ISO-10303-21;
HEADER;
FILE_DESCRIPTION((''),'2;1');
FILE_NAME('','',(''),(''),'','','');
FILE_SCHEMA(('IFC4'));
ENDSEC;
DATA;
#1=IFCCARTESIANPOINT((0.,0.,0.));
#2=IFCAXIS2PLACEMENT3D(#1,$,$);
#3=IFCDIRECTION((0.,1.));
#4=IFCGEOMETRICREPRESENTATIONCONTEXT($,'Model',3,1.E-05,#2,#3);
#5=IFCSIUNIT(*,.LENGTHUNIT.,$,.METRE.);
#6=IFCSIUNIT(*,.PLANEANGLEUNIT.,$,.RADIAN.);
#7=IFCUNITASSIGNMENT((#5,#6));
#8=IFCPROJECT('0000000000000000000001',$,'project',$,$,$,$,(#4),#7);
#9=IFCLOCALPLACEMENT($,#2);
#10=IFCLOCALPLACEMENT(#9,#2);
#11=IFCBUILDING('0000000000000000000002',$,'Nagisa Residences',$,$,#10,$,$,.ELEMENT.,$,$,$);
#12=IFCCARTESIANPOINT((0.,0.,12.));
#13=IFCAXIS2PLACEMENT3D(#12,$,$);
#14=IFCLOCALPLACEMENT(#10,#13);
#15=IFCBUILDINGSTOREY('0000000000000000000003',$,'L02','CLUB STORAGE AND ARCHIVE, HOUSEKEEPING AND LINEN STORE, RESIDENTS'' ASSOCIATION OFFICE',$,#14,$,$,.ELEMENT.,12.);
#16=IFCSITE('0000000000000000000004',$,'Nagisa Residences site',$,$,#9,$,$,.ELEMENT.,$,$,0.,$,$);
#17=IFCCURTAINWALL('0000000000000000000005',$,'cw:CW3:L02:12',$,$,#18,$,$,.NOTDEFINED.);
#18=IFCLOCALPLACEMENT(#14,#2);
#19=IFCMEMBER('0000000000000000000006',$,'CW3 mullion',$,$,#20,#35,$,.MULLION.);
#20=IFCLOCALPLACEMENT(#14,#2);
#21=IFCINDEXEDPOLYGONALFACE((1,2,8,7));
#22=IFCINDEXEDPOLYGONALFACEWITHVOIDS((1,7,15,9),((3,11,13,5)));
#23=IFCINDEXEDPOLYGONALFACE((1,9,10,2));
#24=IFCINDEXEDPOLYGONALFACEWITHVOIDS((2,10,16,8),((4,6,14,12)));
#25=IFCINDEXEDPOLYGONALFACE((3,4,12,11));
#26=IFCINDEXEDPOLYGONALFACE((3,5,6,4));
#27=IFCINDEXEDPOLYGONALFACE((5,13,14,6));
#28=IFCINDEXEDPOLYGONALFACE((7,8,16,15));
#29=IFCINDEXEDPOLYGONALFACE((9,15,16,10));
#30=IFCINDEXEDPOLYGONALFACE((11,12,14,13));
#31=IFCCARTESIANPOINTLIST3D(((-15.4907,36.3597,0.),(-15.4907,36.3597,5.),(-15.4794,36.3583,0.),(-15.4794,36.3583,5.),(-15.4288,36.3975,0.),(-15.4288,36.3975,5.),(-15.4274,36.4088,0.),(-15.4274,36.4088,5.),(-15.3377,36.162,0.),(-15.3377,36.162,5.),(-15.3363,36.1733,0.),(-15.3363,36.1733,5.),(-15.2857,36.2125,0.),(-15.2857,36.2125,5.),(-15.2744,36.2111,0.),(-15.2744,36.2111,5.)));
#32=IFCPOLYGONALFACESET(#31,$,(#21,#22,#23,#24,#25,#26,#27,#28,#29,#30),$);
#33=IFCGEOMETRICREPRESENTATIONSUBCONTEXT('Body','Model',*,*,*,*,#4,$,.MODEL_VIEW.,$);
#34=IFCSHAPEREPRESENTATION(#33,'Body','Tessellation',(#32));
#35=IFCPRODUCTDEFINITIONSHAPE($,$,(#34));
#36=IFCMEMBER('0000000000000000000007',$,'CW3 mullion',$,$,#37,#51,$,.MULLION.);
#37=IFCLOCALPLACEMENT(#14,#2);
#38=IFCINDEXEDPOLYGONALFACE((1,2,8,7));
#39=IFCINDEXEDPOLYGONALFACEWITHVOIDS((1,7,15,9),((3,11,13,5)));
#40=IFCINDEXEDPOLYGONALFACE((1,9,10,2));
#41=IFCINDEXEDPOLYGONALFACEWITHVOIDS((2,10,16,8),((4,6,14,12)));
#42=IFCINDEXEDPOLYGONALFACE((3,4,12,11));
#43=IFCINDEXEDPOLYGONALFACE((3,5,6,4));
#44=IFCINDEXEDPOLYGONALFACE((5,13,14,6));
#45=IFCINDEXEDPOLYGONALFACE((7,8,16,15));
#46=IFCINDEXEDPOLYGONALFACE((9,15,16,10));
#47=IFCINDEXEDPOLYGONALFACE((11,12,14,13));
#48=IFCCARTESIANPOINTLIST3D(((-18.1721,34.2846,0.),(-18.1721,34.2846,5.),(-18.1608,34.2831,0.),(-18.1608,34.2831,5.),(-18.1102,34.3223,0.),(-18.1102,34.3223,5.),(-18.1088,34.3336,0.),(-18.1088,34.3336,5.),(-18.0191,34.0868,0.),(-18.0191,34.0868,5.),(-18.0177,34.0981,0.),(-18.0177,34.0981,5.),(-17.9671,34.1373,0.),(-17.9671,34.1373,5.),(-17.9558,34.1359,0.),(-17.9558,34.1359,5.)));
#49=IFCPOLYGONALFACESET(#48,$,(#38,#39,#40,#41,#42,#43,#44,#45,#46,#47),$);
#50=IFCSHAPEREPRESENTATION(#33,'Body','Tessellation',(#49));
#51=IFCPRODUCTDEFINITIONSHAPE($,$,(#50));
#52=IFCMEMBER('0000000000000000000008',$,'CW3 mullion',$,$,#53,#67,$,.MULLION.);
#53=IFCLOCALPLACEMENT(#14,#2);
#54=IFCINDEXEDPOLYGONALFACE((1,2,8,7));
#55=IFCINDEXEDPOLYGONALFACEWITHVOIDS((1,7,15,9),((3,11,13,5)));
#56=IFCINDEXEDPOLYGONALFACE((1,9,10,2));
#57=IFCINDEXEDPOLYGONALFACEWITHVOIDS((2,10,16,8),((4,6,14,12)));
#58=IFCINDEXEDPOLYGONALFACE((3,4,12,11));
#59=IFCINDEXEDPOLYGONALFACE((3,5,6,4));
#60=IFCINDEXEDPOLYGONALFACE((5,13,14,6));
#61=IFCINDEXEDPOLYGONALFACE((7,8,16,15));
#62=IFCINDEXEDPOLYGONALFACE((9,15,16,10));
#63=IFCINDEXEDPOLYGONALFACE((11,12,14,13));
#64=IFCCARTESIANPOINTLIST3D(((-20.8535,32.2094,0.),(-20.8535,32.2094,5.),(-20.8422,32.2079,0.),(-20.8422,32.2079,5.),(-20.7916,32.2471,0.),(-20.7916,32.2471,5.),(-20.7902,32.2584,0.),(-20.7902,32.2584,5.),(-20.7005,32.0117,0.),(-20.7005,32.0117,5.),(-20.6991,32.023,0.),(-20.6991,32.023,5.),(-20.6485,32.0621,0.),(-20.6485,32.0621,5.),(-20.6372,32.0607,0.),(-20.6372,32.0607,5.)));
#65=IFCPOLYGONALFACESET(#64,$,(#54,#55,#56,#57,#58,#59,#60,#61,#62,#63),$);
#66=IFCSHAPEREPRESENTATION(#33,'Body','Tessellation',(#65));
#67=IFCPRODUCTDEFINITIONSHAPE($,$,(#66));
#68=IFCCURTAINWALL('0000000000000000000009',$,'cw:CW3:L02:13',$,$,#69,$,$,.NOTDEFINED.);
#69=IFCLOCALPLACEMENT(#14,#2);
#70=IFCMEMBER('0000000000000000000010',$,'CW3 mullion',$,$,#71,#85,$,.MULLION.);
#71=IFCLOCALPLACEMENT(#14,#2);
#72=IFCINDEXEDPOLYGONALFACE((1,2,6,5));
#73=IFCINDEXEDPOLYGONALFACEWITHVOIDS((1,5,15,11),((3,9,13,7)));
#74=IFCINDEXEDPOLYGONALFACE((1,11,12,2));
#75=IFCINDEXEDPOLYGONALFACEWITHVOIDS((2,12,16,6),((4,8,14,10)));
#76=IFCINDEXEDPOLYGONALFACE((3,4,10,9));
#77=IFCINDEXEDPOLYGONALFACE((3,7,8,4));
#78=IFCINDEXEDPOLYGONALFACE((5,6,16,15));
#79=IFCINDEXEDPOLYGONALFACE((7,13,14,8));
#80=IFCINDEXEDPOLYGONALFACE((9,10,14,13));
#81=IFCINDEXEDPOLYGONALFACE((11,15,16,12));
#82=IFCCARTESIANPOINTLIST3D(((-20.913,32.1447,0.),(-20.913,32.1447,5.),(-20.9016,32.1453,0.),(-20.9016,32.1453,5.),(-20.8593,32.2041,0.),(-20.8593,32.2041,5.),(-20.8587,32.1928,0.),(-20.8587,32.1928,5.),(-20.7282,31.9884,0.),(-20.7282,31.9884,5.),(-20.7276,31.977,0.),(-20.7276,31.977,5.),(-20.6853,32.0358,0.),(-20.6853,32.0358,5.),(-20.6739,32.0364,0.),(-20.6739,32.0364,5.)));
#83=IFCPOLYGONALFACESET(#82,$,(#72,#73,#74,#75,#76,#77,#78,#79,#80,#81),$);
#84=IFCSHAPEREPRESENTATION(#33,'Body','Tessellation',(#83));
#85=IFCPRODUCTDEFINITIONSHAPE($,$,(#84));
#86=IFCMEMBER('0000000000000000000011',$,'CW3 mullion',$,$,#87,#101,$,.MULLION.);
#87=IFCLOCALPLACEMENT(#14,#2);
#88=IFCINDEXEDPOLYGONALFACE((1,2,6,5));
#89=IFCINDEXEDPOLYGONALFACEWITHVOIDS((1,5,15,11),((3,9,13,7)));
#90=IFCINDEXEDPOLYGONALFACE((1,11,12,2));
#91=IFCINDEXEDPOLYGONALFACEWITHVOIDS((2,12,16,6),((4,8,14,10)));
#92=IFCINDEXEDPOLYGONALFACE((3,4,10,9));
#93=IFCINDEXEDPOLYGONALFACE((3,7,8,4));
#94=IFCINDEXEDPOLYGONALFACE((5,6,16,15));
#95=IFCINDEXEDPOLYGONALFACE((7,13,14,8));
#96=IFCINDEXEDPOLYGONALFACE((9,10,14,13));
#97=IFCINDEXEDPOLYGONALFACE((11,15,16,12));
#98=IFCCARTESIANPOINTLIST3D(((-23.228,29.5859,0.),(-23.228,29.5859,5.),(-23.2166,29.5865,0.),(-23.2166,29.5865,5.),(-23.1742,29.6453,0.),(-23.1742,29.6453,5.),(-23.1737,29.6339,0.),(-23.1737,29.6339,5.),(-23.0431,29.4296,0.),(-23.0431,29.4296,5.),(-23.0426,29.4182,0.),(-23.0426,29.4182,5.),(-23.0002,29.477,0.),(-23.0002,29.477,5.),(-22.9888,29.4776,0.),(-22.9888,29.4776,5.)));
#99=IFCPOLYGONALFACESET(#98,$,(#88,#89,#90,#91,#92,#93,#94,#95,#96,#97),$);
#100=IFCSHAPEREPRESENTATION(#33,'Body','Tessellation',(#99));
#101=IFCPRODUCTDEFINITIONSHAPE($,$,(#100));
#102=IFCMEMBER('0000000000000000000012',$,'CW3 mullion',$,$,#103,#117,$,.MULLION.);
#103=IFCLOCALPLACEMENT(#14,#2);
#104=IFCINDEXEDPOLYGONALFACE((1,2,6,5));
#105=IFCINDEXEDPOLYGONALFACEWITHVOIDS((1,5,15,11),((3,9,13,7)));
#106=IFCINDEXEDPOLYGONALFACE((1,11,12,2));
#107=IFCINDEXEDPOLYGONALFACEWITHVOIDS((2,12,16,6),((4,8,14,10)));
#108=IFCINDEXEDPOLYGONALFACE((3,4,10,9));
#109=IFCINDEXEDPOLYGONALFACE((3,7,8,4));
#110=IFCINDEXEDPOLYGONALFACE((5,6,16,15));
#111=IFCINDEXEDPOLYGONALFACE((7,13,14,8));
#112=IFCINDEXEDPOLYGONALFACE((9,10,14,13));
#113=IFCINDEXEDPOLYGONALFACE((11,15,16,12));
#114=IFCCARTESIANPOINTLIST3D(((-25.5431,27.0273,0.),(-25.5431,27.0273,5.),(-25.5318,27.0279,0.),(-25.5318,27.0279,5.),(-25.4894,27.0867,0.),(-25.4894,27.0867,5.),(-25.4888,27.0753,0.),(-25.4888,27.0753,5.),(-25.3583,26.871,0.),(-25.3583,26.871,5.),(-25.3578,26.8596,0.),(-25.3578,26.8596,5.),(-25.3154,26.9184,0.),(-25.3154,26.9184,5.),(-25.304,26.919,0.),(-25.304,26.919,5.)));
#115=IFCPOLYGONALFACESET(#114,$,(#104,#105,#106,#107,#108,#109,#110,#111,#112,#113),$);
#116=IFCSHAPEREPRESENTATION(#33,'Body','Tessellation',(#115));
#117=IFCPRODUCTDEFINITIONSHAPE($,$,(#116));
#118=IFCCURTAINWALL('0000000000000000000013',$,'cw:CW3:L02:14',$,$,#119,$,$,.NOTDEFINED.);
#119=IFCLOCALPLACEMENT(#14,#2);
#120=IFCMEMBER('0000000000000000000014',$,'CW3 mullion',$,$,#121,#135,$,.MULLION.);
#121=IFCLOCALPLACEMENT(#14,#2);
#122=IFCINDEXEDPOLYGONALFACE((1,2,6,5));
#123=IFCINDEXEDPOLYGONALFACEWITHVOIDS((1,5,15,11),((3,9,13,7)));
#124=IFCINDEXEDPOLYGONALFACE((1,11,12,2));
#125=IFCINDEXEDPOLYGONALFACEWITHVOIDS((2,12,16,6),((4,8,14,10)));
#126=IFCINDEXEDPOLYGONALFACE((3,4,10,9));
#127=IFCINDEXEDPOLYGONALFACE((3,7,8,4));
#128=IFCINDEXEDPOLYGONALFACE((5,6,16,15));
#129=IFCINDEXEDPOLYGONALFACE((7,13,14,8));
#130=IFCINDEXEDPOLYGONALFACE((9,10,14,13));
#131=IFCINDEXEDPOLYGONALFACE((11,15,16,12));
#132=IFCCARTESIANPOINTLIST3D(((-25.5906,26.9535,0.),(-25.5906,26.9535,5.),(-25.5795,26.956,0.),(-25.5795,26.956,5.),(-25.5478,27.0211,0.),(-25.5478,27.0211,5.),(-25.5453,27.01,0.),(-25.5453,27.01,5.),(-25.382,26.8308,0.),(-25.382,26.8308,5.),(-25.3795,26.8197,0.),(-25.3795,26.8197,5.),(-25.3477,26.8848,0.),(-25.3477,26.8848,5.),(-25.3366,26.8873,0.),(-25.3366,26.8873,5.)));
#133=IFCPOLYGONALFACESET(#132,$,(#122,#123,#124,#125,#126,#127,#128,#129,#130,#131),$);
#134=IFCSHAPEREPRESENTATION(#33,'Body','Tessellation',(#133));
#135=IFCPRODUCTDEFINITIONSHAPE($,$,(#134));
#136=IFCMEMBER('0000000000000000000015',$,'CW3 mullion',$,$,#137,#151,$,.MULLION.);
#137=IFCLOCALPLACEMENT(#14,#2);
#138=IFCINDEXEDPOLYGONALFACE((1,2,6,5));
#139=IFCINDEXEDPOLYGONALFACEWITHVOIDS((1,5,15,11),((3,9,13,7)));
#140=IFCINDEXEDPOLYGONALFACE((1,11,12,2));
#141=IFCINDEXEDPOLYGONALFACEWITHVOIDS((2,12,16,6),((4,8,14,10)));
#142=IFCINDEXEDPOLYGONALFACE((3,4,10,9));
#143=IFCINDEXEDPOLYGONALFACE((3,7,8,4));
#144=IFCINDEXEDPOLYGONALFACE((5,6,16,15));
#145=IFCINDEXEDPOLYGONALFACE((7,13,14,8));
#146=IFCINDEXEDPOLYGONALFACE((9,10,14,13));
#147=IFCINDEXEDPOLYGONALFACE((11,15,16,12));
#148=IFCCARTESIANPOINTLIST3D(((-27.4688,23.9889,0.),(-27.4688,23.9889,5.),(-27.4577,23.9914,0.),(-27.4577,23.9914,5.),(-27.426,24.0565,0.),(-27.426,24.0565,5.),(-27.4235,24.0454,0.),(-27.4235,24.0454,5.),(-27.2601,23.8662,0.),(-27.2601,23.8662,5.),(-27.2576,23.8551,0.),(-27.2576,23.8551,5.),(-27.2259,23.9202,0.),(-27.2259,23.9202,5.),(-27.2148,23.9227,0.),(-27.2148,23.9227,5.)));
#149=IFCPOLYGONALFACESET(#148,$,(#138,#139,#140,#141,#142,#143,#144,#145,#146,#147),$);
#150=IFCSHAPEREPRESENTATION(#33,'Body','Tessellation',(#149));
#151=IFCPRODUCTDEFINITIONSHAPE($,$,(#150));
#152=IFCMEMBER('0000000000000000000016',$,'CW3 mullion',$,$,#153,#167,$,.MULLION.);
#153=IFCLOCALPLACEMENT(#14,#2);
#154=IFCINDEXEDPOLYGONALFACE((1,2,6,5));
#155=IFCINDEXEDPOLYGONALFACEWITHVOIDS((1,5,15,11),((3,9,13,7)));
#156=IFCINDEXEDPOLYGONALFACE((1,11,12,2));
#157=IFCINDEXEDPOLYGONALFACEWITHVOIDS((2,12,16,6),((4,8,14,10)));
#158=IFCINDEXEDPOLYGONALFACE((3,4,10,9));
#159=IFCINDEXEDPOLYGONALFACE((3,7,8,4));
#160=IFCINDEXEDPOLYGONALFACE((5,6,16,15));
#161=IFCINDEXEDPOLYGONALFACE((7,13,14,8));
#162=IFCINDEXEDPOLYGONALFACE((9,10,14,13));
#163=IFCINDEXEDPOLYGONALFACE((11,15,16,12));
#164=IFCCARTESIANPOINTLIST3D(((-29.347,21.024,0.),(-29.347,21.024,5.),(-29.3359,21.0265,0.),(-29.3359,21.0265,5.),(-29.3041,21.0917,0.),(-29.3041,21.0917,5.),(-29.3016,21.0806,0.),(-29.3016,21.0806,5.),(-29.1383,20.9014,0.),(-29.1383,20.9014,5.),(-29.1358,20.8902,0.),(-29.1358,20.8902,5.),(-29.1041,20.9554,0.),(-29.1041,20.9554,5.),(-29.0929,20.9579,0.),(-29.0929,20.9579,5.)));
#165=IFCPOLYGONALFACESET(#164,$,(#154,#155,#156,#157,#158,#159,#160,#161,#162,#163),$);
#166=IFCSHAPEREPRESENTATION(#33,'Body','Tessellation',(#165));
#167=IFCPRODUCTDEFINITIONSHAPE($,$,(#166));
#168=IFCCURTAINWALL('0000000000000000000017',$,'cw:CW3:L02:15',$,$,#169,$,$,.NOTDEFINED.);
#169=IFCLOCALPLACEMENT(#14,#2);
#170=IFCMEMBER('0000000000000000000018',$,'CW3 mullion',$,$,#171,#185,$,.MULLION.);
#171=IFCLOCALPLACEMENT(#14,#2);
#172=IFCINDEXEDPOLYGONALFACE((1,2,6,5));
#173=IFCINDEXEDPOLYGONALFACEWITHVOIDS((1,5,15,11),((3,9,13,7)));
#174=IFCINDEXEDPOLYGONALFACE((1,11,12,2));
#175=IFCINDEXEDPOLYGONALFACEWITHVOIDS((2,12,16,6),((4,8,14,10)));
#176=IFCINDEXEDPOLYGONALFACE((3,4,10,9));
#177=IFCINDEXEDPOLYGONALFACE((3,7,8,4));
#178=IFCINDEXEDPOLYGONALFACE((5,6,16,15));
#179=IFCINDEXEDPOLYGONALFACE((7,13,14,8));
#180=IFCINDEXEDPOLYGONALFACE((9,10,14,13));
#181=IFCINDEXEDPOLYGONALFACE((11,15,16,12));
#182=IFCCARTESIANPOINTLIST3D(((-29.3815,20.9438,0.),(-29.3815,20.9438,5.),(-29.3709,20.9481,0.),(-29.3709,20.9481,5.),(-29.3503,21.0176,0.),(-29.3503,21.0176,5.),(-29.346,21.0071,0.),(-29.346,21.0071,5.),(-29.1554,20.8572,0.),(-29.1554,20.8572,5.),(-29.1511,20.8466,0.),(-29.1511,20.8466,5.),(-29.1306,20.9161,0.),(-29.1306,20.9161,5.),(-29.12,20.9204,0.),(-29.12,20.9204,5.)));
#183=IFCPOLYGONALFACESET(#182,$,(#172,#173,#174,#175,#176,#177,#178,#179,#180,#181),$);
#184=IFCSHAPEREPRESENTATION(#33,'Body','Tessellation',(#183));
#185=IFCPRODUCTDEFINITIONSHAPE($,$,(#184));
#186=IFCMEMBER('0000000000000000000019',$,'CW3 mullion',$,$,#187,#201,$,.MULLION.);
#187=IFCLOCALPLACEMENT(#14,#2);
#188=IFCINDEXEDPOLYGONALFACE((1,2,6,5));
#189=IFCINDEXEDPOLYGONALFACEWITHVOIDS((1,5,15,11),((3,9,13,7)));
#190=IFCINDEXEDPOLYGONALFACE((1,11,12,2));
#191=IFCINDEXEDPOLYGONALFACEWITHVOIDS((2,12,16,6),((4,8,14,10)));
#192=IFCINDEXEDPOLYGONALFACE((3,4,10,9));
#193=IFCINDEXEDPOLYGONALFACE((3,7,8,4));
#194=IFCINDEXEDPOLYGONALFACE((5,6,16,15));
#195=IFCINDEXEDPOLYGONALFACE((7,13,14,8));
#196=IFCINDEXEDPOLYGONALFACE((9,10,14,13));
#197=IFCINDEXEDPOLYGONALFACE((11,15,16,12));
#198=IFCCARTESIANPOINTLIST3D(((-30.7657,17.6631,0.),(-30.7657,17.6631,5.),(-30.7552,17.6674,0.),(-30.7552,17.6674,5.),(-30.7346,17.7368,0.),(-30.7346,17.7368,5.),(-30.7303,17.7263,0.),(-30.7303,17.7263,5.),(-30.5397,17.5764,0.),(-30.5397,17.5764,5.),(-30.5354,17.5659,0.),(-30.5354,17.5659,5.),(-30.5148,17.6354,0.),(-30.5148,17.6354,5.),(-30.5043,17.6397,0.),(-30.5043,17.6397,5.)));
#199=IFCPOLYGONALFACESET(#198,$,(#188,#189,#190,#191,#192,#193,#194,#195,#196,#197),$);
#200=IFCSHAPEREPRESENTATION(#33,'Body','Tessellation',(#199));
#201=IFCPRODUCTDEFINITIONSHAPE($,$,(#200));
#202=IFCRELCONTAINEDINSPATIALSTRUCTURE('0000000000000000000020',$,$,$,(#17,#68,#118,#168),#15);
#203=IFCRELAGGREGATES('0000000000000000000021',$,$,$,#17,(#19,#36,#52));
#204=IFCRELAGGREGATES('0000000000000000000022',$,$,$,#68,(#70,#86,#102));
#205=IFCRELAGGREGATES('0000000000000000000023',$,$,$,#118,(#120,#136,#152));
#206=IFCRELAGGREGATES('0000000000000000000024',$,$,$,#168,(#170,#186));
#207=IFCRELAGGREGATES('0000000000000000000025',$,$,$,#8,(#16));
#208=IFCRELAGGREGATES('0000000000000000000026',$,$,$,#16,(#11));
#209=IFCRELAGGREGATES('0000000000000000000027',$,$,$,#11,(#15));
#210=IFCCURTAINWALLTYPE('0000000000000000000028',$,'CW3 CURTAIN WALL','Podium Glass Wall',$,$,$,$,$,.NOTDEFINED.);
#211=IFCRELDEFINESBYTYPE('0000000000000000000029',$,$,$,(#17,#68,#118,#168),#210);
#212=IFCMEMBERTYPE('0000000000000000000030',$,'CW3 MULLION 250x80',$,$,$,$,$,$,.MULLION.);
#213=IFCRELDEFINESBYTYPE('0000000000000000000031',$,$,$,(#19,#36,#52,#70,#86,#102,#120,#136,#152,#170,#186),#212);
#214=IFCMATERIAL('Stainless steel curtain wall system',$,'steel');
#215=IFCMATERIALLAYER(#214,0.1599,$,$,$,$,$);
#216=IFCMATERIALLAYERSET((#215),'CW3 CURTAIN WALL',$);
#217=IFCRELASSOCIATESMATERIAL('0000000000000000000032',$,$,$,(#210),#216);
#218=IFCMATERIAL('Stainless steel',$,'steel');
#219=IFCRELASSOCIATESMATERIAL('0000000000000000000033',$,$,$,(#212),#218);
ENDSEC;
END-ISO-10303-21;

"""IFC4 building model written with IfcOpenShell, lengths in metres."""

from ifc_helpers import new_model, si_unit, direction, frame, origin, origin_2d, place, context, subcontext, project, spatial, hollow_rectangle, extrude, material, layer, layer_set, material_profile, profile_set, type_object, element, aggregate, save


model = new_model("IFC4")

# Units and contexts
model_context = context("Model", 3, precision=1e-05, world=origin(), true_north=direction((0.0, 1.0)))
body_context = subcontext(model_context, "Body", "Model", "MODEL_VIEW")
ifc_project = project(units=[si_unit("LENGTHUNIT", "METRE"), si_unit("PLANEANGLEUNIT", "RADIAN")], contexts=[model_context])

# Site, building, storey
site_placement = place(None, origin())
site = spatial("IfcSite", under=ifc_project, at=site_placement, Name="Nagisa Residences site", CompositionType="ELEMENT", RefElevation=0.0)
building_placement = place(site_placement, origin())
building = spatial("IfcBuilding", under=site, at=building_placement, Name="Nagisa Residences", CompositionType="ELEMENT")
storey_placement = place(building_placement, frame((0.0, 0.0, 12.0)))
storey = spatial("IfcBuildingStorey", under=building, at=storey_placement, Name="L02", Description="CLUB STORAGE AND ARCHIVE, HOUSEKEEPING AND LINEN STORE, RESIDENTS' ASSOCIATION OFFICE", CompositionType="ELEMENT", Elevation=12.0)

# Curtain walls, members
ifc_material_1 = material(Name="Stainless steel curtain wall system", Category="steel")
ifc_layer_1 = layer(ifc_material_1, 0.1599)
ifc_layer_set_1 = layer_set([ifc_layer_1], Name="CW3 CURTAIN WALL")
curtain_wall_type_1 = type_object("IfcCurtainWallType", Name="CW3 CURTAIN WALL", Description="Podium Glass Wall", PredefinedType="NOTDEFINED", material=ifc_layer_set_1)
curtain_wall_1_placement = place(storey_placement, origin())
curtain_wall_1 = element("IfcCurtainWall", 1, at=curtain_wall_1_placement, inside=storey, type_object=curtain_wall_type_1, Name="cw:CW3:L02:12", PredefinedType="NOTDEFINED")
ifc_material_2 = material(Name="Stainless steel", Category="steel")
ifc_material_profile_1 = material_profile(ifc_material_2, hollow_rectangle(XDim=0.25, YDim=0.0801, WallThickness=0.0081, at=origin_2d()), Name="CW3 MULLION 250x80")
ifc_profile_set_1 = profile_set([ifc_material_profile_1], Name="Stainless steel")
member_type_1 = type_object("IfcMemberType", Name="CW3 MULLION 250x80", PredefinedType="MULLION", material=ifc_profile_set_1)
member_1_placement = place(storey_placement, frame((-15.3826, 36.2854, 0.0), z_axis=(0.0, 0.0, 1.0), x_axis=(0.612035, -0.790831, 0.0)))
member_1 = element("IfcMember", 2, at=member_1_placement, type_object=member_type_1, Name="CW3 mullion", PredefinedType="MULLION", context=body_context, shape_type="SweptSolid", body=[
    extrude(hollow_rectangle(XDim=0.25, YDim=0.0801, WallThickness=0.0081, at=origin_2d()), origin(), (0.0, 0.0, 1.0), 5.0),
])
member_2_placement = place(storey_placement, frame((-18.064, 34.2102, 0.0), z_axis=(0.0, 0.0, 1.0), x_axis=(0.612035, -0.790831, 0.0)))
member_2 = element("IfcMember", 3, at=member_2_placement, type_object=member_type_1, Name="CW3 mullion", PredefinedType="MULLION", context=body_context, shape_type="SweptSolid", body=[
    extrude(hollow_rectangle(XDim=0.25, YDim=0.0801, WallThickness=0.0081, at=origin_2d()), origin(), (0.0, 0.0, 1.0), 5.0),
])
member_3_placement = place(storey_placement, frame((-20.7454, 32.135, 0.0), z_axis=(0.0, 0.0, 1.0), x_axis=(0.612035, -0.790831, 0.0)))
member_3 = element("IfcMember", 4, at=member_3_placement, type_object=member_type_1, Name="CW3 mullion", PredefinedType="MULLION", context=body_context, shape_type="SweptSolid", body=[
    extrude(hollow_rectangle(XDim=0.25, YDim=0.0801, WallThickness=0.0081, at=origin_2d()), origin(), (0.0, 0.0, 1.0), 5.0),
])
curtain_wall_2_placement = place(storey_placement, origin())
curtain_wall_2 = element("IfcCurtainWall", 5, at=curtain_wall_2_placement, inside=storey, type_object=curtain_wall_type_1, Name="cw:CW3:L02:13", PredefinedType="NOTDEFINED")
member_4_placement = place(storey_placement, frame((-20.7935, 32.0906, 0.0), z_axis=(0.0, 0.0, 1.0), x_axis=(0.741536, -0.670913, 0.0)))
member_4 = element("IfcMember", 6, at=member_4_placement, type_object=member_type_1, Name="CW3 mullion", PredefinedType="MULLION", context=body_context, shape_type="SweptSolid", body=[
    extrude(hollow_rectangle(XDim=0.25, YDim=0.0801, WallThickness=0.0081, at=origin_2d()), origin(), (0.0, 0.0, 1.0), 5.0),
])
member_5_placement = place(storey_placement, frame((-23.1084, 29.5317, 0.0), z_axis=(0.0, 0.0, 1.0), x_axis=(0.741536, -0.670913, 0.0)))
member_5 = element("IfcMember", 7, at=member_5_placement, type_object=member_type_1, Name="CW3 mullion", PredefinedType="MULLION", context=body_context, shape_type="SweptSolid", body=[
    extrude(hollow_rectangle(XDim=0.25, YDim=0.0801, WallThickness=0.0081, at=origin_2d()), origin(), (0.0, 0.0, 1.0), 5.0),
])
member_6_placement = place(storey_placement, frame((-25.4236, 26.9731, 0.0), z_axis=(0.0, 0.0, 1.0), x_axis=(0.741536, -0.670913, 0.0)))
member_6 = element("IfcMember", 8, at=member_6_placement, type_object=member_type_1, Name="CW3 mullion", PredefinedType="MULLION", context=body_context, shape_type="SweptSolid", body=[
    extrude(hollow_rectangle(XDim=0.25, YDim=0.0801, WallThickness=0.0081, at=origin_2d()), origin(), (0.0, 0.0, 1.0), 5.0),
])
curtain_wall_3_placement = place(storey_placement, origin())
curtain_wall_3 = element("IfcCurtainWall", 9, at=curtain_wall_3_placement, inside=storey, type_object=curtain_wall_type_1, Name="cw:CW3:L02:14", PredefinedType="NOTDEFINED")
member_7_placement = place(storey_placement, frame((-25.4636, 26.9204, 0.0), z_axis=(0.0, 0.0, 1.0), x_axis=(0.844747, -0.535165, 0.0)))
member_7 = element("IfcMember", 10, at=member_7_placement, type_object=member_type_1, Name="CW3 mullion", PredefinedType="MULLION", context=body_context, shape_type="SweptSolid", body=[
    extrude(hollow_rectangle(XDim=0.25, YDim=0.0801, WallThickness=0.0081, at=origin_2d()), origin(), (0.0, 0.0, 1.0), 5.0),
])
member_8_placement = place(storey_placement, frame((-27.3418, 23.9558, 0.0), z_axis=(0.0, 0.0, 1.0), x_axis=(0.844747, -0.535165, 0.0)))
member_8 = element("IfcMember", 11, at=member_8_placement, type_object=member_type_1, Name="CW3 mullion", PredefinedType="MULLION", context=body_context, shape_type="SweptSolid", body=[
    extrude(hollow_rectangle(XDim=0.25, YDim=0.0801, WallThickness=0.0081, at=origin_2d()), origin(), (0.0, 0.0, 1.0), 5.0),
])
member_9_placement = place(storey_placement, frame((-29.22, 20.991, 0.0), z_axis=(0.0, 0.0, 1.0), x_axis=(0.844747, -0.535165, 0.0)))
member_9 = element("IfcMember", 12, at=member_9_placement, type_object=member_type_1, Name="CW3 mullion", PredefinedType="MULLION", context=body_context, shape_type="SweptSolid", body=[
    extrude(hollow_rectangle(XDim=0.25, YDim=0.0801, WallThickness=0.0081, at=origin_2d()), origin(), (0.0, 0.0, 1.0), 5.0),
])
curtain_wall_4_placement = place(storey_placement, origin())
curtain_wall_4 = element("IfcCurtainWall", 13, at=curtain_wall_4_placement, inside=storey, type_object=curtain_wall_type_1, Name="cw:CW3:L02:15", PredefinedType="NOTDEFINED")
member_10_placement = place(storey_placement, frame((-29.2507, 20.9321, 0.0), z_axis=(0.0, 0.0, 1.0), x_axis=(0.921357, -0.388718, 0.0)))
member_10 = element("IfcMember", 14, at=member_10_placement, type_object=member_type_1, Name="CW3 mullion", PredefinedType="MULLION", context=body_context, shape_type="SweptSolid", body=[
    extrude(hollow_rectangle(XDim=0.25, YDim=0.0801, WallThickness=0.0081, at=origin_2d()), origin(), (0.0, 0.0, 1.0), 5.0),
])
member_11_placement = place(storey_placement, frame((-30.635, 17.6514, 0.0), z_axis=(0.0, 0.0, 1.0), x_axis=(0.921357, -0.388718, 0.0)))
member_11 = element("IfcMember", 15, at=member_11_placement, type_object=member_type_1, Name="CW3 mullion", PredefinedType="MULLION", context=body_context, shape_type="SweptSolid", body=[
    extrude(hollow_rectangle(XDim=0.25, YDim=0.0801, WallThickness=0.0081, at=origin_2d()), origin(), (0.0, 0.0, 1.0), 5.0),
])

aggregate(curtain_wall_1, [member_1, member_2, member_3])
aggregate(curtain_wall_2, [member_4, member_5, member_6])
aggregate(curtain_wall_3, [member_7, member_8, member_9])
aggregate(curtain_wall_4, [member_10, member_11])

save(model, "model.ifc")
